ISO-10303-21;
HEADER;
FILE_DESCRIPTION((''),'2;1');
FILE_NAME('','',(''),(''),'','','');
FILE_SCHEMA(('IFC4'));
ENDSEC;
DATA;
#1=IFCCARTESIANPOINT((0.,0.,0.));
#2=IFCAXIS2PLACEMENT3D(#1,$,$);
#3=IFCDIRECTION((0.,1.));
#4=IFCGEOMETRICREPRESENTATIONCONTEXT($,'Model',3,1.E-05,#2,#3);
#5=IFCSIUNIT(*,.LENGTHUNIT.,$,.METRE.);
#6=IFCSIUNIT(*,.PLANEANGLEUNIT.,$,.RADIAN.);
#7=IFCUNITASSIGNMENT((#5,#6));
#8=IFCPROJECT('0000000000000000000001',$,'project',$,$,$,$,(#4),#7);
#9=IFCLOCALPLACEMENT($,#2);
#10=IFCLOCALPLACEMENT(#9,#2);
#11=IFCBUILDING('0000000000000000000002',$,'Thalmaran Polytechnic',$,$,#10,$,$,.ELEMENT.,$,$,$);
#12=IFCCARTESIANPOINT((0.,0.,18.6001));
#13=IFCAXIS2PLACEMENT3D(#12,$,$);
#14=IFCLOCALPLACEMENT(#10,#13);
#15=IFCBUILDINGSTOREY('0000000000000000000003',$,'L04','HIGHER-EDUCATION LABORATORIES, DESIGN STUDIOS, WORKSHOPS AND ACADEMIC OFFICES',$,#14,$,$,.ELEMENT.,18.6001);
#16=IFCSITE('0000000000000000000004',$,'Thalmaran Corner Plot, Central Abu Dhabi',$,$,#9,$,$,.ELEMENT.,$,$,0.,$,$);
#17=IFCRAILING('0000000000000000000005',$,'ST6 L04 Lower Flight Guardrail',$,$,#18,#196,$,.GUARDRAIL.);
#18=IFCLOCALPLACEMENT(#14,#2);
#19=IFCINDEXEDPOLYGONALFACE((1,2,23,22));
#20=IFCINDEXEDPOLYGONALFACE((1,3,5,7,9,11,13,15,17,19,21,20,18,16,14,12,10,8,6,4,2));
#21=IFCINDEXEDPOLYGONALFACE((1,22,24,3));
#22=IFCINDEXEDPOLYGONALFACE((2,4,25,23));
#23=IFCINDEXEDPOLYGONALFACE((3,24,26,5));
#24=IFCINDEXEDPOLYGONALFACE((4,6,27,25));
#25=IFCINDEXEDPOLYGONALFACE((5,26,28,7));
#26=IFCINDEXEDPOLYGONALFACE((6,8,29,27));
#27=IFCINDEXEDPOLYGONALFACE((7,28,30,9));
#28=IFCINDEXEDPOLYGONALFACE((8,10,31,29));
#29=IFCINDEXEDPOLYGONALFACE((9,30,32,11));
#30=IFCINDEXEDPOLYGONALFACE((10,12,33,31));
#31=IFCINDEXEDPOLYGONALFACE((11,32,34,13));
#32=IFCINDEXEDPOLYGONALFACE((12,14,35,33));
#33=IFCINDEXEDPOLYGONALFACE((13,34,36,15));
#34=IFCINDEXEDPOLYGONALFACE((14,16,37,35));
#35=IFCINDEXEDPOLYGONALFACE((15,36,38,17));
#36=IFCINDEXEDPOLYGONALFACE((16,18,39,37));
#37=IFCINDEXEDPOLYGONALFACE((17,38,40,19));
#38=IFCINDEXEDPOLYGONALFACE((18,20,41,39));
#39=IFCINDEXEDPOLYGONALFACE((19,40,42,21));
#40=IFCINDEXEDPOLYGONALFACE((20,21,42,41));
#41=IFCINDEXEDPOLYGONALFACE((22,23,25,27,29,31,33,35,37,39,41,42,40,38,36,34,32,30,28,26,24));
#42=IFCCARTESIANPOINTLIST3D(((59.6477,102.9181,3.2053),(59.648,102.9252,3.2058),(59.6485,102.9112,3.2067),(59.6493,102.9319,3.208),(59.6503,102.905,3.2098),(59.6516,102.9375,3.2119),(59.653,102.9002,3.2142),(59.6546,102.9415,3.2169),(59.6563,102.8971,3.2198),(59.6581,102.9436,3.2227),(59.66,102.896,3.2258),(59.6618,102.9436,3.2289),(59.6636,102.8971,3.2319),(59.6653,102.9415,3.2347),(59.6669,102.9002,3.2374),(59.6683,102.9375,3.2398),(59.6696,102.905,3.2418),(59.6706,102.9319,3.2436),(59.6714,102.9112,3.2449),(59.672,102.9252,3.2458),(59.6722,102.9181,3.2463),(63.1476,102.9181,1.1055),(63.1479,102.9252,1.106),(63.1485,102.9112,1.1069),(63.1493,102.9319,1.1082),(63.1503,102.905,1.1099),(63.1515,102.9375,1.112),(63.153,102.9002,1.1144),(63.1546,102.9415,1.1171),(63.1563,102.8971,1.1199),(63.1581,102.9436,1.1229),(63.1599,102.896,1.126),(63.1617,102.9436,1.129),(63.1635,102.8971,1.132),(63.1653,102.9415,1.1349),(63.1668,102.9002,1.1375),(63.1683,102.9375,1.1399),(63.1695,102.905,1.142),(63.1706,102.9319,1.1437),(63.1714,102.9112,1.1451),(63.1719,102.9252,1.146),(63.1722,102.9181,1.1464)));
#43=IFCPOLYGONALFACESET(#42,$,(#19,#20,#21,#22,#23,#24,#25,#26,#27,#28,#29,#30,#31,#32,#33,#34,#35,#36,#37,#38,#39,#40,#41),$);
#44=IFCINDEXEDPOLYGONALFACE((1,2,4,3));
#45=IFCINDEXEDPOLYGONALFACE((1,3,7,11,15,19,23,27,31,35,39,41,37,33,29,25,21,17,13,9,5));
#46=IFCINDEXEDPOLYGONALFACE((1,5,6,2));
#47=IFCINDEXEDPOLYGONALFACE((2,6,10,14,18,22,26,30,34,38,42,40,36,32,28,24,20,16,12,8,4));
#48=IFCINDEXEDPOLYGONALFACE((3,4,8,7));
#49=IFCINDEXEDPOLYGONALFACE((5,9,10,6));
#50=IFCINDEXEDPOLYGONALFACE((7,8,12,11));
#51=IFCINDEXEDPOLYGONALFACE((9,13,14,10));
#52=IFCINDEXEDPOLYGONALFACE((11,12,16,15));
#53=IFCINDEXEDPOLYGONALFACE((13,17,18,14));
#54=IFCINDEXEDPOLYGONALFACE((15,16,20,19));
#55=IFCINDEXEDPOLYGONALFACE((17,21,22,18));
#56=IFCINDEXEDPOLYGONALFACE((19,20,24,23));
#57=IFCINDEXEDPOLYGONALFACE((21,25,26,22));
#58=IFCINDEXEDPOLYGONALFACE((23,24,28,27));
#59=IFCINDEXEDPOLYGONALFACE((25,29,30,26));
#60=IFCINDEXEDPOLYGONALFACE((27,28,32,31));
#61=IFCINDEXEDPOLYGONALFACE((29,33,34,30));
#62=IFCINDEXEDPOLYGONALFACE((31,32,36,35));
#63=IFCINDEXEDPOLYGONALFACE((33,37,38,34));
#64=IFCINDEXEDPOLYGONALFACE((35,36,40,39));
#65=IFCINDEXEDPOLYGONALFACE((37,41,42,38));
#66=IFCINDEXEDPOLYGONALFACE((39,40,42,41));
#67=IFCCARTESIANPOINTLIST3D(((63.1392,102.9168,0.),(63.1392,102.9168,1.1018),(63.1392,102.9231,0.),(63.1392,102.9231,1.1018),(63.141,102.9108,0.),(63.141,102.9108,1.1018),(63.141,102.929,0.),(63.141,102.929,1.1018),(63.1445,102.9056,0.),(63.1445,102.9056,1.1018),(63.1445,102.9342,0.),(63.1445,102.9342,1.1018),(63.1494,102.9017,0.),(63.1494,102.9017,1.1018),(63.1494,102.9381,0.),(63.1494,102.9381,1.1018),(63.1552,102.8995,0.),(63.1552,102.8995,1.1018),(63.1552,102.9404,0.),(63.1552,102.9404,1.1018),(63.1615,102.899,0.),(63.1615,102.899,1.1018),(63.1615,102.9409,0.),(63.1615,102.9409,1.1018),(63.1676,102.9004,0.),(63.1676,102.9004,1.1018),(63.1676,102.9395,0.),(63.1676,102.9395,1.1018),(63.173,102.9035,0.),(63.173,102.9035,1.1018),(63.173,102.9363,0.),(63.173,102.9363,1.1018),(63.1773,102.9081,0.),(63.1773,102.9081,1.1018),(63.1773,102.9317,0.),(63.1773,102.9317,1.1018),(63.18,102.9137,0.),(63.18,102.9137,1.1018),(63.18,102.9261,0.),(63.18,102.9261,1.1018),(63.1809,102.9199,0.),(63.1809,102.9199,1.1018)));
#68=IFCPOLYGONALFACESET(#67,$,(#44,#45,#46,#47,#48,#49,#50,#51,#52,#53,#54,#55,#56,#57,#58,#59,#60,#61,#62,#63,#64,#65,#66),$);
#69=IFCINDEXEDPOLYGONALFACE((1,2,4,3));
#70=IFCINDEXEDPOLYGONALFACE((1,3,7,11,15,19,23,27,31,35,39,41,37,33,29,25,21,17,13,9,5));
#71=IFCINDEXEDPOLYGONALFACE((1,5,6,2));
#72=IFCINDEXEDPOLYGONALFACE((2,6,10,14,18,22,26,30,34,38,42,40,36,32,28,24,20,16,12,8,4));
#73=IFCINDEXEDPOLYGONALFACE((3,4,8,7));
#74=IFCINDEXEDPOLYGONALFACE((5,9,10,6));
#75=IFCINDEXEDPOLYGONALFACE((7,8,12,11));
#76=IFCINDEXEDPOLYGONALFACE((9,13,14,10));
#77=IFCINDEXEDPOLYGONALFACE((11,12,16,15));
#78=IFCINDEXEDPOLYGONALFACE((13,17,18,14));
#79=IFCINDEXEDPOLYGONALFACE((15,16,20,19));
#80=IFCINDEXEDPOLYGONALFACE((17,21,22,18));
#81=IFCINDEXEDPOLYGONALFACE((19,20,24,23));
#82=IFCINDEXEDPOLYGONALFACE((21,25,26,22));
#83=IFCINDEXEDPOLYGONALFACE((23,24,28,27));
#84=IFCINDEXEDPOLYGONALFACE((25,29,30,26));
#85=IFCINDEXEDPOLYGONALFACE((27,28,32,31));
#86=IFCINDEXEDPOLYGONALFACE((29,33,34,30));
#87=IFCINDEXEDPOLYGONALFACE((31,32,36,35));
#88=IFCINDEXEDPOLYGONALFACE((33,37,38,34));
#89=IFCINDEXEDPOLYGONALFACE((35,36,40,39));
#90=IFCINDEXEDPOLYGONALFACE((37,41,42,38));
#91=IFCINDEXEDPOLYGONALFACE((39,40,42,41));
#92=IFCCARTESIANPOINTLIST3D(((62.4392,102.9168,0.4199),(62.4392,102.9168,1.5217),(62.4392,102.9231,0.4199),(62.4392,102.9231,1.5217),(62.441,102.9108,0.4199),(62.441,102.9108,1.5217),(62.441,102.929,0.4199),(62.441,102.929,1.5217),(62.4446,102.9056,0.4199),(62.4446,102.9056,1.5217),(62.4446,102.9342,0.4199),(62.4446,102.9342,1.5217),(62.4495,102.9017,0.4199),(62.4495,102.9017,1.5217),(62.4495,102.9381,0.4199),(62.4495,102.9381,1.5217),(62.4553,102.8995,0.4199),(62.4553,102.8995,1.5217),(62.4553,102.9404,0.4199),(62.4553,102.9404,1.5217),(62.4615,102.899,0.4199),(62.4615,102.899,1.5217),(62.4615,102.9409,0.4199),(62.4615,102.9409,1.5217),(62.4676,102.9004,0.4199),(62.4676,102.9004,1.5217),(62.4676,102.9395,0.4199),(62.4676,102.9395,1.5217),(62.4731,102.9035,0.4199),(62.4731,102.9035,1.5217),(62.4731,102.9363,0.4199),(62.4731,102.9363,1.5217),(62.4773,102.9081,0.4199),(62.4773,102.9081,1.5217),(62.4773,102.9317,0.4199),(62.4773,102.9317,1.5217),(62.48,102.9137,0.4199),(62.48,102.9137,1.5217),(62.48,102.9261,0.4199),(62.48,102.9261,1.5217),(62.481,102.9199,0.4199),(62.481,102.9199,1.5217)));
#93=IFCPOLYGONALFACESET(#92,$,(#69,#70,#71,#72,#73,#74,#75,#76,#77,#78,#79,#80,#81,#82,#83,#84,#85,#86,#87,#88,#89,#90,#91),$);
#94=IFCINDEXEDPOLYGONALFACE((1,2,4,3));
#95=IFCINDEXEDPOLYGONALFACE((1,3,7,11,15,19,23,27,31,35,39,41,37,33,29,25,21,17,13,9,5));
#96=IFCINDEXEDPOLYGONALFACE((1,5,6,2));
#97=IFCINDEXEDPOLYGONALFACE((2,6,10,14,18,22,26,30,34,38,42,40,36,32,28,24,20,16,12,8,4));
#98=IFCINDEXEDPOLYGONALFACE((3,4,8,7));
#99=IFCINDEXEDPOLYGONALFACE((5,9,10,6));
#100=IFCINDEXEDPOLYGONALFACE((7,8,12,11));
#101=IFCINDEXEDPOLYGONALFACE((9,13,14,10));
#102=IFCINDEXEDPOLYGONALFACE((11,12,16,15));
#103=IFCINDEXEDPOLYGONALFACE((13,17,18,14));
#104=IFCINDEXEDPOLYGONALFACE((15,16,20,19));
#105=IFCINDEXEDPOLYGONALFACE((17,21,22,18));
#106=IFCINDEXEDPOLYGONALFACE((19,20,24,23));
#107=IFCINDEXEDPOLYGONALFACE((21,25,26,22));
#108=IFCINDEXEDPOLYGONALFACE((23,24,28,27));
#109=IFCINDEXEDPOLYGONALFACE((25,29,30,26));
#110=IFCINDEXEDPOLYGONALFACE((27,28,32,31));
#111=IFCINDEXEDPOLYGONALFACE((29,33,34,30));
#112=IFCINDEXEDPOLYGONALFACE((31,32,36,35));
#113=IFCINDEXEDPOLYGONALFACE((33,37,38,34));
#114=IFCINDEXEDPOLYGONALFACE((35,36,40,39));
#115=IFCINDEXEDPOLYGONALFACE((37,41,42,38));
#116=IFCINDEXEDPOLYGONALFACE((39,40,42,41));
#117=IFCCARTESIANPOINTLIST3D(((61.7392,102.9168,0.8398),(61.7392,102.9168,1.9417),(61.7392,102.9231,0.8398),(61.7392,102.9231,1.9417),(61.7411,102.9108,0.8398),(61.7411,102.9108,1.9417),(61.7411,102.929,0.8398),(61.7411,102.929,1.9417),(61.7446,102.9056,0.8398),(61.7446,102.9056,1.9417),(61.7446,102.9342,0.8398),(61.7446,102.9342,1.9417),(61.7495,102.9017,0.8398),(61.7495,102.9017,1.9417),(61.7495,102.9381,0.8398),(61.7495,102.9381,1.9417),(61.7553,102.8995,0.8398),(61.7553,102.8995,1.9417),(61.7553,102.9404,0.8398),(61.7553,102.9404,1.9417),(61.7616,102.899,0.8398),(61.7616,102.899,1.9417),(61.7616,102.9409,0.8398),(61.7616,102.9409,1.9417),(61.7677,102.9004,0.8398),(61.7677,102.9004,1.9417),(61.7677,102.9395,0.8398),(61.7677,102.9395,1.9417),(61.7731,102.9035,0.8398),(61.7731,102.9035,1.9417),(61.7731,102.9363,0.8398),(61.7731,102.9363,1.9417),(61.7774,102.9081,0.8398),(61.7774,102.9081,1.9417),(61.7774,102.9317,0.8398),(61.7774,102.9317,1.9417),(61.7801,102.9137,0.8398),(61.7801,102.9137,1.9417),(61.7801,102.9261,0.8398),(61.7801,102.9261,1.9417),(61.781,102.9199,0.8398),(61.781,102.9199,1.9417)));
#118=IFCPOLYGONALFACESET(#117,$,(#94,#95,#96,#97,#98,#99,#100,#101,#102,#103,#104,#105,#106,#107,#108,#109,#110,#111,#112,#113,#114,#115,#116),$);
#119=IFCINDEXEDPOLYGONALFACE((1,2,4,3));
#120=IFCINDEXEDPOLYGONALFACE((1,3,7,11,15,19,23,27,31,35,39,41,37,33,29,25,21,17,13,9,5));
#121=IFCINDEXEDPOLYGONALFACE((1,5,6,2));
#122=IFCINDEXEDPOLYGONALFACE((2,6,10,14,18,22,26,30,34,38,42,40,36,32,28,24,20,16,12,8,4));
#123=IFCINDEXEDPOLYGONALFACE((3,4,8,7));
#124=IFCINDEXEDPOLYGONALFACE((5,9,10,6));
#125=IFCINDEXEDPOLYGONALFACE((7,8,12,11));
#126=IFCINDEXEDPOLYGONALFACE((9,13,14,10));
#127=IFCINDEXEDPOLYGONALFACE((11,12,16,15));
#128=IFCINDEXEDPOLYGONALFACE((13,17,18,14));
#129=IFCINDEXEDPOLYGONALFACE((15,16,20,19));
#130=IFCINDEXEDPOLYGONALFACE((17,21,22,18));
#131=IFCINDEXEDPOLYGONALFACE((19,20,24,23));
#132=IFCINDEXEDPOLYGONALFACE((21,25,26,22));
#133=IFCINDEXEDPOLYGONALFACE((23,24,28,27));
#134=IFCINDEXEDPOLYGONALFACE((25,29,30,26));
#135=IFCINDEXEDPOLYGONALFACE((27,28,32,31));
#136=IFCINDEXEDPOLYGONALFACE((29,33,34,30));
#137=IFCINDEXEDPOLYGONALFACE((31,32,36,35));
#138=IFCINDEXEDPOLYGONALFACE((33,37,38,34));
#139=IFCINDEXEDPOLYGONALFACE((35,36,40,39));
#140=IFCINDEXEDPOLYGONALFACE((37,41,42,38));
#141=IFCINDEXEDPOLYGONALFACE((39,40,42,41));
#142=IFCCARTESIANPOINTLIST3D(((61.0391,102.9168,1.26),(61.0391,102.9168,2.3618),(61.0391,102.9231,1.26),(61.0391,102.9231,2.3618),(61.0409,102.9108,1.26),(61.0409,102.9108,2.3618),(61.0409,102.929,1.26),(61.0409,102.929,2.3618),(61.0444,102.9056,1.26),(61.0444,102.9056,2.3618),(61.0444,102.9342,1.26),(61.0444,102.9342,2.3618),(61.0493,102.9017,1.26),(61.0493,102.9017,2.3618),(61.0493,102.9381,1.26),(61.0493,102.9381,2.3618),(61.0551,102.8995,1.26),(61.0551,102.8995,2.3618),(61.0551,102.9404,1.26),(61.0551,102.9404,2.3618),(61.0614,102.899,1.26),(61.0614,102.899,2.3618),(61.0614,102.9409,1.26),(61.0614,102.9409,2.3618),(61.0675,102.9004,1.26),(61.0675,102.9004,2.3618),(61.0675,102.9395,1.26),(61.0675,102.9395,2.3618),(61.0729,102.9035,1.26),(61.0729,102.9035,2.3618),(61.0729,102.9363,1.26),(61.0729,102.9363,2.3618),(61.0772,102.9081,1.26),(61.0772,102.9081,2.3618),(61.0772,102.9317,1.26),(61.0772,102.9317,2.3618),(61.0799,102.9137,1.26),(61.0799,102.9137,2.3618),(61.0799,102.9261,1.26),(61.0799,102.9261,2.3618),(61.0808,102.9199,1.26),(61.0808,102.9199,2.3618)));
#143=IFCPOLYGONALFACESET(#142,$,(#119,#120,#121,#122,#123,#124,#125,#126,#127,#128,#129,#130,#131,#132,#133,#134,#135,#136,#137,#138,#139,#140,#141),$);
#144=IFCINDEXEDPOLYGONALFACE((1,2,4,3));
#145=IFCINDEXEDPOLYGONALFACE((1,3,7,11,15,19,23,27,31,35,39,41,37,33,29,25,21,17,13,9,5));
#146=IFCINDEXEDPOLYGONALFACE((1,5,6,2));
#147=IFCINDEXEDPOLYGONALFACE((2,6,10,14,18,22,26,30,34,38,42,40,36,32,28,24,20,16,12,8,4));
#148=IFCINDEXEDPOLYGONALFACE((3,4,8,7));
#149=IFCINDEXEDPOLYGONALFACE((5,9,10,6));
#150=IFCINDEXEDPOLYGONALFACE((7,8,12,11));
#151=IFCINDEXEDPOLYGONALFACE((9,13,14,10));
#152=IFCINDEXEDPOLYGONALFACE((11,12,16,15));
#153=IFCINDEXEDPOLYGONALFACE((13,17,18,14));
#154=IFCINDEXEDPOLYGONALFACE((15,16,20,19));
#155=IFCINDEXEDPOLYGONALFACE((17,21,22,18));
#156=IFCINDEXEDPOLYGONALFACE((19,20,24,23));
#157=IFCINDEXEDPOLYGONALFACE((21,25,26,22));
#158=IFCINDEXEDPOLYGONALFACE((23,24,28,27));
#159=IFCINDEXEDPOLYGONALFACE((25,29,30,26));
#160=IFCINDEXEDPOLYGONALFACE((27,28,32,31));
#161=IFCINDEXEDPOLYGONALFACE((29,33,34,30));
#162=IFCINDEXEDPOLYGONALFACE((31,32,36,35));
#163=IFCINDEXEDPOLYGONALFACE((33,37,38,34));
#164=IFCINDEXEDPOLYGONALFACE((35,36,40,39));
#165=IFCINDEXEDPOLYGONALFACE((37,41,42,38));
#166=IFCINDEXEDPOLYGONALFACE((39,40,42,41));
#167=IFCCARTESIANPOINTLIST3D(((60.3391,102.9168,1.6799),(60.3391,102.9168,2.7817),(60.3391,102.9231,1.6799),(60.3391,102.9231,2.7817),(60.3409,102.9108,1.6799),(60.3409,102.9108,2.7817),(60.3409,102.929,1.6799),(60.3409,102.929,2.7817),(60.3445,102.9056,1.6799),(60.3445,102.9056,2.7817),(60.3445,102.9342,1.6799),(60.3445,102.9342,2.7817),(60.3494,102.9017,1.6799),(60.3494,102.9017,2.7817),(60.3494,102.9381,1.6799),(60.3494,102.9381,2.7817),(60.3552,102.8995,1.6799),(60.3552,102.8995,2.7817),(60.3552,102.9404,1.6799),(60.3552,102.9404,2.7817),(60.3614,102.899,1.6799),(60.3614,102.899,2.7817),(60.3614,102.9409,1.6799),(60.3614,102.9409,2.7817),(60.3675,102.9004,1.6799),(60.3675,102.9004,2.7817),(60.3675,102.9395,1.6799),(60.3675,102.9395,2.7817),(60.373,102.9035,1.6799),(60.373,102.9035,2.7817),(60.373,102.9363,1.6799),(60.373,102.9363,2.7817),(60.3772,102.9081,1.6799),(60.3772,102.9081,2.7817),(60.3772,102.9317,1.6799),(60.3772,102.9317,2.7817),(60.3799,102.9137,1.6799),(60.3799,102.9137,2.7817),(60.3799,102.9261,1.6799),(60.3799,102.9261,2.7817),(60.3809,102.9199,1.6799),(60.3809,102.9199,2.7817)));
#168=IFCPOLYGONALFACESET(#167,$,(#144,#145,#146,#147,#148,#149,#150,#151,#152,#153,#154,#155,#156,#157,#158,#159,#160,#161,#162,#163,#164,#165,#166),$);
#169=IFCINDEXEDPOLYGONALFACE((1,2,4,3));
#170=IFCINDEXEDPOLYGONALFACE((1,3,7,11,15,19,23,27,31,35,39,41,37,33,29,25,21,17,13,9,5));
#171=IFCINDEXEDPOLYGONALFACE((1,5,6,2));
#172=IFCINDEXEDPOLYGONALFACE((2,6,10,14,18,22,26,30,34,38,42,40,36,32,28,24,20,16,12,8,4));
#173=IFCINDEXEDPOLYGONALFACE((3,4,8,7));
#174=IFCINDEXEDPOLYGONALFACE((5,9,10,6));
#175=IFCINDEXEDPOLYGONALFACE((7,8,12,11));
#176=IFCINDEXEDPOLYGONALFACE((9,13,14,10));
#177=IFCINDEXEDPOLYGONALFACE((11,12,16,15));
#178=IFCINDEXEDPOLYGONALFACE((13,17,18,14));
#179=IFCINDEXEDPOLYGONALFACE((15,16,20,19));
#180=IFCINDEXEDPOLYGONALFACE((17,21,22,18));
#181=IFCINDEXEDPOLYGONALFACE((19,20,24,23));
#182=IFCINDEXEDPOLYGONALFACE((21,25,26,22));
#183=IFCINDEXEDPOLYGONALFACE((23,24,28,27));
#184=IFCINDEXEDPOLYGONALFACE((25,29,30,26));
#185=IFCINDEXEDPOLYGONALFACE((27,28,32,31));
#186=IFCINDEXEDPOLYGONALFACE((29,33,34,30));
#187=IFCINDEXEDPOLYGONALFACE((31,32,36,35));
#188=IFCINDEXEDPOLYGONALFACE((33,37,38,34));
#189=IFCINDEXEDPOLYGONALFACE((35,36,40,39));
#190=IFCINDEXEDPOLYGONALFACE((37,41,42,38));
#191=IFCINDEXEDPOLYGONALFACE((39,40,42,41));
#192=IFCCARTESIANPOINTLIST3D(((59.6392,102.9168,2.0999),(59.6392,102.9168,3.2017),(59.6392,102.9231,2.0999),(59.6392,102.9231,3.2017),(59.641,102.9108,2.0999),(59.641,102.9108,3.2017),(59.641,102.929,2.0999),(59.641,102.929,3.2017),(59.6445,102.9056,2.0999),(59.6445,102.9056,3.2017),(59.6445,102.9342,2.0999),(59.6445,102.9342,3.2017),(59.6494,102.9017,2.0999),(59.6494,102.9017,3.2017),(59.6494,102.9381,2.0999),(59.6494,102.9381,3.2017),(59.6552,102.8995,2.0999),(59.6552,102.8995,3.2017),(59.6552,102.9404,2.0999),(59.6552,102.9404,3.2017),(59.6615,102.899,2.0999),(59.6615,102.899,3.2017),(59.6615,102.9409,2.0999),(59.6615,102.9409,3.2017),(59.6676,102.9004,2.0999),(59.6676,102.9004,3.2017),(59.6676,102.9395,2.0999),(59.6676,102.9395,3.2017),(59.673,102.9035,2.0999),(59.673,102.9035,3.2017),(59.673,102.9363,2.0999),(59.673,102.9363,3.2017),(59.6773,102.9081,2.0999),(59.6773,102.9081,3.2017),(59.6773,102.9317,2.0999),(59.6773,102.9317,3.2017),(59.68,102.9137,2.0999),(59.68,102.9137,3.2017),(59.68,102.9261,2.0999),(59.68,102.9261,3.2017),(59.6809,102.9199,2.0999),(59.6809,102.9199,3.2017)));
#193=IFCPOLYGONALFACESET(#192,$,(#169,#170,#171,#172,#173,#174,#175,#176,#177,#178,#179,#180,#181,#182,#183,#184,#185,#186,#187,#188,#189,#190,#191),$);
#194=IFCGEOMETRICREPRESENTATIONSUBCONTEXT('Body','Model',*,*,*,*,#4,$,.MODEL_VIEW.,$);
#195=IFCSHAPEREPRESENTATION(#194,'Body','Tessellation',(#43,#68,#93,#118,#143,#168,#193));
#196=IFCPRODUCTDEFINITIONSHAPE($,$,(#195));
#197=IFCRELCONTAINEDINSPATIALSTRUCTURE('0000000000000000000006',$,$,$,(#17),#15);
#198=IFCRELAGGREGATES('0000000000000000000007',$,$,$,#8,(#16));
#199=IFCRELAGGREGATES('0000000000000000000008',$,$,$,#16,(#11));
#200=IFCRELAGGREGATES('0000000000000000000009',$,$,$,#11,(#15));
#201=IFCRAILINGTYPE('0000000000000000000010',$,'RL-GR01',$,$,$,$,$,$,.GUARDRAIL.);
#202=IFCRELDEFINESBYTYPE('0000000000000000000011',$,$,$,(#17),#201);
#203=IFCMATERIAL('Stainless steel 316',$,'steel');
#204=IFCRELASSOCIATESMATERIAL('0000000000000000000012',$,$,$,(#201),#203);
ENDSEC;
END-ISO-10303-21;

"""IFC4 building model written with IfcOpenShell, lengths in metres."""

from ifc_helpers import new_model, si_unit, direction, frame, origin, origin_2d, place, context, subcontext, project, spatial, circle, extrude, material, type_object, element, save


model = new_model("IFC4")

# Units and contexts
model_context = context("Model", 3, precision=1e-05, world=origin(), true_north=direction((0.0, 1.0)))
body_context = subcontext(model_context, "Body", "Model", "MODEL_VIEW")
ifc_project = project(units=[si_unit("LENGTHUNIT", "METRE"), si_unit("PLANEANGLEUNIT", "RADIAN")], contexts=[model_context])

# Site, building, storey
site_placement = place(None, origin())
site = spatial("IfcSite", under=ifc_project, at=site_placement, Name="Thalmaran Corner Plot, Central Abu Dhabi", CompositionType="ELEMENT", RefElevation=0.0)
building_placement = place(site_placement, origin())
building = spatial("IfcBuilding", under=site, at=building_placement, Name="Thalmaran Polytechnic", CompositionType="ELEMENT")
storey_placement = place(building_placement, frame((0.0, 0.0, 18.6001)))
storey = spatial("IfcBuildingStorey", under=building, at=storey_placement, Name="L04", Description="HIGHER-EDUCATION LABORATORIES, DESIGN STUDIOS, WORKSHOPS AND ACADEMIC OFFICES", CompositionType="ELEMENT", Elevation=18.6001)

# Railing
ifc_material_1 = material(Name="Stainless steel 316", Category="steel")
railing_type_1 = type_object("IfcRailingType", Name="RL-GR01", PredefinedType="GUARDRAIL", material=ifc_material_1)
railing_1_placement = place(storey_placement, frame((63.1599, 102.9199, 0.0)))
element("IfcRailing", 1, at=railing_1_placement, inside=storey, type_object=railing_type_1, Name="ST6 L04 Lower Flight Guardrail", PredefinedType="GUARDRAIL", context=body_context, shape_type="SweptSolid", body=[
    extrude(circle(Radius=0.0239, at=origin_2d()), frame((0.0, 0.0, 1.126), z_axis=(-0.857509, 0.0, 0.514469), x_axis=(0.0, -1.0, 0.0)), (0.0, 0.0, 1.0), 4.0815),
    extrude(circle(Radius=0.021, at=origin_2d()), origin(), (0.0, 0.0, 1.0), 1.1018),
    extrude(circle(Radius=0.021, at=origin_2d()), frame((-0.7, 0.0, 0.4199)), (0.0, 0.0, 1.0), 1.1018),
    extrude(circle(Radius=0.021, at=origin_2d()), frame((-1.3999, 0.0, 0.8398)), (0.0, 0.0, 1.0), 1.1018),
    extrude(circle(Radius=0.021, at=origin_2d()), frame((-2.1001, 0.0, 1.26)), (0.0, 0.0, 1.0), 1.1018),
    extrude(circle(Radius=0.021, at=origin_2d()), frame((-2.8, 0.0, 1.6799)), (0.0, 0.0, 1.0), 1.1018),
    extrude(circle(Radius=0.021, at=origin_2d()), frame((-3.5, 0.0, 2.0999)), (0.0, 0.0, 1.0), 1.1018),
])

save(model, "model.ifc")
